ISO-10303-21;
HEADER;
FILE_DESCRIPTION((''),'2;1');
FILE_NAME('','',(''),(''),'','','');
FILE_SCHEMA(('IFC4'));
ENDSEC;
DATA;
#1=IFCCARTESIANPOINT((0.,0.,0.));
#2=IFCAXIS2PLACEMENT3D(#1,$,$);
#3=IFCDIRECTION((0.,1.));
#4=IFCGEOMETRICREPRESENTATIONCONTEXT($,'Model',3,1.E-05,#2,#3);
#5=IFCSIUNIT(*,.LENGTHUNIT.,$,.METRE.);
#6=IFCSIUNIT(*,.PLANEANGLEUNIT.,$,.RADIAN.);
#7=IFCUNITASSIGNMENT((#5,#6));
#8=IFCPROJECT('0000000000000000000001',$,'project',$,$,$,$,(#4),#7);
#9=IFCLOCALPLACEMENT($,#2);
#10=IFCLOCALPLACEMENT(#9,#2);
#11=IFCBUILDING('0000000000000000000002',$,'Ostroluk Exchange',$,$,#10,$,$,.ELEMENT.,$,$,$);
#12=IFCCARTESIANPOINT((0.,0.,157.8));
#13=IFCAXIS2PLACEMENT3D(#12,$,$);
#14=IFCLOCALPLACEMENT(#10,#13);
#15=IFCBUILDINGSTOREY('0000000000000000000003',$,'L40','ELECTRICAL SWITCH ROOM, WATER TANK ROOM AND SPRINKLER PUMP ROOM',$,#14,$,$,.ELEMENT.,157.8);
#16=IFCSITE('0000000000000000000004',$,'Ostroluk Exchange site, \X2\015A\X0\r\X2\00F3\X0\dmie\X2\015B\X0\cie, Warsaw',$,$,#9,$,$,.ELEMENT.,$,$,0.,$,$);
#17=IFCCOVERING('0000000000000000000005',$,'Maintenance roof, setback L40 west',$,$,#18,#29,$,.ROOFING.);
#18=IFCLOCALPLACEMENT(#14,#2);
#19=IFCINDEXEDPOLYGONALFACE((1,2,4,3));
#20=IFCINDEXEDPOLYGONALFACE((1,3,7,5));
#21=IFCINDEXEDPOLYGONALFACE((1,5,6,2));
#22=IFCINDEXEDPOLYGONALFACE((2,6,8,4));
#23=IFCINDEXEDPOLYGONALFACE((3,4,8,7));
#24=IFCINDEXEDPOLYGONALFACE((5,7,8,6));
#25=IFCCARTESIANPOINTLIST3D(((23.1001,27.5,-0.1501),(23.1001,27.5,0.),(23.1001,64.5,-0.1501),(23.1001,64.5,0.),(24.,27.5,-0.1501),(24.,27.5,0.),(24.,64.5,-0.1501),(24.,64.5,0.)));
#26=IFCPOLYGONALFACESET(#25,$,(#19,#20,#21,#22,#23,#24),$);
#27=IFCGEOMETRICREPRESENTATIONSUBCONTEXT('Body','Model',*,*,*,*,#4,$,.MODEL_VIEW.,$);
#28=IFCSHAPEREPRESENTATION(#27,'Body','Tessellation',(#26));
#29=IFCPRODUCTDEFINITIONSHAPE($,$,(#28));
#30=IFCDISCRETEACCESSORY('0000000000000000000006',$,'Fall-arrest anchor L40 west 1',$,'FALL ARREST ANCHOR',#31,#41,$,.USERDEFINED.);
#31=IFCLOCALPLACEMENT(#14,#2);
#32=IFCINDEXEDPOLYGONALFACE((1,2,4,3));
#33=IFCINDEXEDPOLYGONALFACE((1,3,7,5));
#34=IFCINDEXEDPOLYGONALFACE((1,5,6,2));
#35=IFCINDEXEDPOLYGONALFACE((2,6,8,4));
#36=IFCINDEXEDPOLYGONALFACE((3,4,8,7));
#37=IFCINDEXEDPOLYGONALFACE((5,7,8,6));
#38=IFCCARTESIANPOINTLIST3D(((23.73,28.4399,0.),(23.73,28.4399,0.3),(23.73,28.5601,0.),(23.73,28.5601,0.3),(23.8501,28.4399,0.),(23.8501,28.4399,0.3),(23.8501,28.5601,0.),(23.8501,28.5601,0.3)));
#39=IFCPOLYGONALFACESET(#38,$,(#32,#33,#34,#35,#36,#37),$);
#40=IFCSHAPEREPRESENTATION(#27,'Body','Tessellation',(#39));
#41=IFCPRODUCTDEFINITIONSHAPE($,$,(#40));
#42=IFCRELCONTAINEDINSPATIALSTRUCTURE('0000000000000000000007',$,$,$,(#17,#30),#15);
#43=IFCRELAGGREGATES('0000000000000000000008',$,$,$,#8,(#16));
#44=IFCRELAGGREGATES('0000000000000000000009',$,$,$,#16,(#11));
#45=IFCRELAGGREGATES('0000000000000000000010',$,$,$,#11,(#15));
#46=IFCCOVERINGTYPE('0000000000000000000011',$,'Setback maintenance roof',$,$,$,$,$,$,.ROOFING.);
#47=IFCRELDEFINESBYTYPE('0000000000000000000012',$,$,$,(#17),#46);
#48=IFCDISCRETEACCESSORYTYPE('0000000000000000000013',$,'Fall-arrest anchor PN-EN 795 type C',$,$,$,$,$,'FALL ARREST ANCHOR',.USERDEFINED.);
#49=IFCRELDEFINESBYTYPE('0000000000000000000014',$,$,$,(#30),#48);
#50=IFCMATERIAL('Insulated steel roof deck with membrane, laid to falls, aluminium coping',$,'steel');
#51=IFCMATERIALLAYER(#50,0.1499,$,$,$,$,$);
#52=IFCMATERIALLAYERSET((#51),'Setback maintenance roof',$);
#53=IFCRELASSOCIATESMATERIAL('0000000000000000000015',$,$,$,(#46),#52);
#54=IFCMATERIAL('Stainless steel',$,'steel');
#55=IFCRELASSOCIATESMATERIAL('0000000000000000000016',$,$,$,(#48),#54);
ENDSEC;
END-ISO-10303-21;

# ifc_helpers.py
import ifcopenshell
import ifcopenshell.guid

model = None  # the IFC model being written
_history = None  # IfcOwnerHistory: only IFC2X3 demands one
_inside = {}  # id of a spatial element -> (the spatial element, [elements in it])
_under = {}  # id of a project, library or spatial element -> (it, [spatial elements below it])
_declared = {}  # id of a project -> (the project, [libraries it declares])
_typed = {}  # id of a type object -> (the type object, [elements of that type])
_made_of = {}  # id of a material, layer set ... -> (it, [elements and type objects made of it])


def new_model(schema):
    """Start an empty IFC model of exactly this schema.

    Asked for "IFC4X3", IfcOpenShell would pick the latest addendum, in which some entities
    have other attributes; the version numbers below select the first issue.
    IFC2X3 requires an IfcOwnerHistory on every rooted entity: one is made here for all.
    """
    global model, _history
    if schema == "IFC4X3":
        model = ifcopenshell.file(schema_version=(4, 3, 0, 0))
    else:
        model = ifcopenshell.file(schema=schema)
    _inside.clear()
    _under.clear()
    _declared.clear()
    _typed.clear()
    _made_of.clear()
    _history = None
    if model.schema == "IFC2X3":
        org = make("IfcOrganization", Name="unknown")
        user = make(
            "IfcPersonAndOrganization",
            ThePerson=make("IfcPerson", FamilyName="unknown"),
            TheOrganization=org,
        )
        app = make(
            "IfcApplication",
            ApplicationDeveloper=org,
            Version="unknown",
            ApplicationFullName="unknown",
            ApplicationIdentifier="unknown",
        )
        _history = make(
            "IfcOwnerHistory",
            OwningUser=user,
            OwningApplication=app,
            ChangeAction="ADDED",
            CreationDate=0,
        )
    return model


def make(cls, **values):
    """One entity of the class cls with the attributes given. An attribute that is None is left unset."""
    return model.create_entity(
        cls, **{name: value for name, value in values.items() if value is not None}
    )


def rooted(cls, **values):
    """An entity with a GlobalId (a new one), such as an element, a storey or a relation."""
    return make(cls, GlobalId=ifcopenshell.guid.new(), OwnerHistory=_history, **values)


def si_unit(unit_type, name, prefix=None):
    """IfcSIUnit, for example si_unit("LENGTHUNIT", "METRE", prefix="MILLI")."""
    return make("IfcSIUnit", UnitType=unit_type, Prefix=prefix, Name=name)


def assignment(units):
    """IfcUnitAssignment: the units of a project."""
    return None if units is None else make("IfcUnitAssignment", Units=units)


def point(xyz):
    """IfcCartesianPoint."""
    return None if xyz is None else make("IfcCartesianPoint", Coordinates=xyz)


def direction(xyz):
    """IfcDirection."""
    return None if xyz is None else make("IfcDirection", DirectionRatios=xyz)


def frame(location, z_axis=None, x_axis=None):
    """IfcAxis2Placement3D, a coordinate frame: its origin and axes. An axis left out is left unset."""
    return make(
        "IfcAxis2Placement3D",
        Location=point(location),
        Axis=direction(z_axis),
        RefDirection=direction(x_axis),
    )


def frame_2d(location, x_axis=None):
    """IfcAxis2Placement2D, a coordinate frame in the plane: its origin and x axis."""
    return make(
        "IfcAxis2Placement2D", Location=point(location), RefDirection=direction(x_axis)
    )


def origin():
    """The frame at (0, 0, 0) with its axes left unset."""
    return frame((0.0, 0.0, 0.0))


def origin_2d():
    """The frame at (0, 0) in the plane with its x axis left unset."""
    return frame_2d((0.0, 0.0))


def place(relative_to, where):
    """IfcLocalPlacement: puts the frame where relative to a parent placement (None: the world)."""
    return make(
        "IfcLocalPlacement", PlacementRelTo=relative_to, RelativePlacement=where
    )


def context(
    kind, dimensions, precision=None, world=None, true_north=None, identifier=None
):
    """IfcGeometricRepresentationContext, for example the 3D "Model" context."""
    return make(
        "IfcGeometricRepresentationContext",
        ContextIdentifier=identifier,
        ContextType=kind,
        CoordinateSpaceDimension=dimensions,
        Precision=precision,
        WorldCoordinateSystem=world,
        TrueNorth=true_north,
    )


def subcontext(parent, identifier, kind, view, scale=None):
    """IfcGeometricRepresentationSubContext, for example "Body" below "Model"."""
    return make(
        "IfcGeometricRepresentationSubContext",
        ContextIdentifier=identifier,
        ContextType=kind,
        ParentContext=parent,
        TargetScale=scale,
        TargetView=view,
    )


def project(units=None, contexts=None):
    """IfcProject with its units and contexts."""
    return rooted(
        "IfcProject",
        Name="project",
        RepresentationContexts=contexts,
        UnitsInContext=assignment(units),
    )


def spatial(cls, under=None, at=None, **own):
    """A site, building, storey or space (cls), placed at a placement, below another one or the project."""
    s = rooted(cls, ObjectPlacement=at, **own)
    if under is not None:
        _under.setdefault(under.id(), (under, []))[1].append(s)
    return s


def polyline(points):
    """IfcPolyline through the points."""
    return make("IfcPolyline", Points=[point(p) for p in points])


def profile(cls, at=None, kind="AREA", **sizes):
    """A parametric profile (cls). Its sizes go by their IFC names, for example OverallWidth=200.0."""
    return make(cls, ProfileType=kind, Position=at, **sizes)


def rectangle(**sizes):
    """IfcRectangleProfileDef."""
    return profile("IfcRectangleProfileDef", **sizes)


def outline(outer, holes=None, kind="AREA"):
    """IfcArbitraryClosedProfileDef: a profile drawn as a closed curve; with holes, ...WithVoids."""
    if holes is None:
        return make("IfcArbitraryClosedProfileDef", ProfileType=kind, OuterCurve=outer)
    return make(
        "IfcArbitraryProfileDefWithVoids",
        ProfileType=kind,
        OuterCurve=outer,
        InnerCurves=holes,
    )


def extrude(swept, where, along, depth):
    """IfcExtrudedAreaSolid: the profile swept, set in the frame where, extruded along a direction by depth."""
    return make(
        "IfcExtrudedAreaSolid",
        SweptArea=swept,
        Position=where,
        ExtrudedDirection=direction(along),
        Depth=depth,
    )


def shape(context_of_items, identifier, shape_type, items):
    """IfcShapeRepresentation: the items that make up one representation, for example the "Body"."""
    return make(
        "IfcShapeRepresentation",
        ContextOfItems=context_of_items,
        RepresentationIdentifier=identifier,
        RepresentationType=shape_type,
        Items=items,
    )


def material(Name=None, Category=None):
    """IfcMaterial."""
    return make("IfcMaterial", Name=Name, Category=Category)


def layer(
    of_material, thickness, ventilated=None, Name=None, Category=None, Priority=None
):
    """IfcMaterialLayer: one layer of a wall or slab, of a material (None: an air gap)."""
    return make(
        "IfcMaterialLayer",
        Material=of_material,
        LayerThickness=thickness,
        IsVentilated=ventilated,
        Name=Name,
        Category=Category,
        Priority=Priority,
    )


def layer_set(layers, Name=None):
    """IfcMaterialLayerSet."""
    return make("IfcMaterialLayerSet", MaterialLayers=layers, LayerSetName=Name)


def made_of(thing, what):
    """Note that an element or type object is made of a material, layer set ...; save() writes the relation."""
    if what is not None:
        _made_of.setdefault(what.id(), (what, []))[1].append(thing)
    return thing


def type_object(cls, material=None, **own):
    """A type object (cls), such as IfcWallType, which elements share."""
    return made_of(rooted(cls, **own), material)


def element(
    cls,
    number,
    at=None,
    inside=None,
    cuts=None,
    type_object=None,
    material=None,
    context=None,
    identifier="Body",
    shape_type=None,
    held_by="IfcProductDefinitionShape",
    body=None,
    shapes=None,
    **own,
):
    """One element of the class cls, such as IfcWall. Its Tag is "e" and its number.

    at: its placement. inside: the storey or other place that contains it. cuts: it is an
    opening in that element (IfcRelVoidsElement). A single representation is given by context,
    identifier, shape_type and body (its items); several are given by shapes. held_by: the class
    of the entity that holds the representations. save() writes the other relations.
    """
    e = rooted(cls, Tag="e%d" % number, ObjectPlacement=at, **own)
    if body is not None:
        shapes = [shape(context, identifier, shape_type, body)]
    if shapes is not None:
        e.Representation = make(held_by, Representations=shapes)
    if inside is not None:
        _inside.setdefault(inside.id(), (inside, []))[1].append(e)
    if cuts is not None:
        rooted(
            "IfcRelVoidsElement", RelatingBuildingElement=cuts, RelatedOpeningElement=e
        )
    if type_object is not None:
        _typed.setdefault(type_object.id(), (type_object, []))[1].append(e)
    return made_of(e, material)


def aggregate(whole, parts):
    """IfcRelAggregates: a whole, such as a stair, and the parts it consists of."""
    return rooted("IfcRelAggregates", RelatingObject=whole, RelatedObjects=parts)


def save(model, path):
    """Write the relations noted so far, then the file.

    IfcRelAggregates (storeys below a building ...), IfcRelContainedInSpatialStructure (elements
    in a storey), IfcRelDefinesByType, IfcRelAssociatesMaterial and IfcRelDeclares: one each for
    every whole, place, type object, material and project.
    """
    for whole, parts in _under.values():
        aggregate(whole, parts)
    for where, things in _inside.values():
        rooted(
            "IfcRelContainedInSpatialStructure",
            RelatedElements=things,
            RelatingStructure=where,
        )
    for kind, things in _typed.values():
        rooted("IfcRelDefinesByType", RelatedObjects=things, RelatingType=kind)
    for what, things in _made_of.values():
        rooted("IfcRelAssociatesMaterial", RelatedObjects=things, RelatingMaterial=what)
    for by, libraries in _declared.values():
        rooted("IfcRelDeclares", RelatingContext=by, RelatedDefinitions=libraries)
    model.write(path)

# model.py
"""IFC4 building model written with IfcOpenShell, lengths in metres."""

from ifc_helpers import new_model, si_unit, direction, frame, origin, origin_2d, place, context, subcontext, project, spatial, polyline, rectangle, outline, extrude, material, layer, layer_set, type_object, element, save


model = new_model("IFC4")

# Units and contexts
model_context = context("Model", 3, precision=1e-05, world=origin(), true_north=direction((0.0, 1.0)))
body_context = subcontext(model_context, "Body", "Model", "MODEL_VIEW")
ifc_project = project(units=[si_unit("LENGTHUNIT", "METRE"), si_unit("PLANEANGLEUNIT", "RADIAN")], contexts=[model_context])

# Site, building, storey
site_placement = place(None, origin())
site = spatial("IfcSite", under=ifc_project, at=site_placement, Name="Ostroluk Exchange site, Śródmieście, Warsaw", CompositionType="ELEMENT", RefElevation=0.0)
building_placement = place(site_placement, origin())
building = spatial("IfcBuilding", under=site, at=building_placement, Name="Ostroluk Exchange", CompositionType="ELEMENT")
storey_placement = place(building_placement, frame((0.0, 0.0, 157.8)))
storey = spatial("IfcBuildingStorey", under=building, at=storey_placement, Name="L40", Description="ELECTRICAL SWITCH ROOM, WATER TANK ROOM AND SPRINKLER PUMP ROOM", CompositionType="ELEMENT", Elevation=157.8)

# Covering
ifc_material_1 = material(Name="Insulated steel roof deck with membrane, laid to falls, aluminium coping", Category="steel")
ifc_layer_1 = layer(ifc_material_1, 0.1499)
ifc_layer_set_1 = layer_set([ifc_layer_1], Name="Setback maintenance roof")
covering_type = type_object("IfcCoveringType", Name="Setback maintenance roof", PredefinedType="ROOFING", material=ifc_layer_set_1)
covering_1_placement = place(storey_placement, frame((0.0, 0.0, -0.1501)))
element("IfcCovering", 1, at=covering_1_placement, inside=storey, type_object=covering_type, Name="Maintenance roof, setback L40 west", PredefinedType="ROOFING", context=body_context, shape_type="SweptSolid", body=[
    extrude(outline(polyline([(23.1001, 64.5), (24.0, 64.5), (24.0, 27.5), (23.1001, 27.5), (23.1001, 64.5)])), origin(), (0.0, 0.0, 1.0), 0.1501),
])

# Discrete accessory
ifc_material_2 = material(Name="Stainless steel", Category="steel")
discrete_accessory_type = type_object("IfcDiscreteAccessoryType", Name="Fall-arrest anchor PN-EN 795 type C", ElementType="FALL ARREST ANCHOR", PredefinedType="USERDEFINED", material=ifc_material_2)
discrete_accessory_placement = place(storey_placement, frame((23.79, 28.5, 0.0), z_axis=(0.0, 0.0, 1.0), x_axis=(1.0, 0.0, 0.0)))
element("IfcDiscreteAccessory", 2, at=discrete_accessory_placement, inside=storey, type_object=discrete_accessory_type, Name="Fall-arrest anchor L40 west 1", ObjectType="FALL ARREST ANCHOR", PredefinedType="USERDEFINED", context=body_context, shape_type="SweptSolid", body=[
    extrude(rectangle(XDim=0.1201, YDim=0.1201, at=origin_2d()), origin(), (0.0, 0.0, 1.0), 0.3),
])

save(model, "model.ifc")
